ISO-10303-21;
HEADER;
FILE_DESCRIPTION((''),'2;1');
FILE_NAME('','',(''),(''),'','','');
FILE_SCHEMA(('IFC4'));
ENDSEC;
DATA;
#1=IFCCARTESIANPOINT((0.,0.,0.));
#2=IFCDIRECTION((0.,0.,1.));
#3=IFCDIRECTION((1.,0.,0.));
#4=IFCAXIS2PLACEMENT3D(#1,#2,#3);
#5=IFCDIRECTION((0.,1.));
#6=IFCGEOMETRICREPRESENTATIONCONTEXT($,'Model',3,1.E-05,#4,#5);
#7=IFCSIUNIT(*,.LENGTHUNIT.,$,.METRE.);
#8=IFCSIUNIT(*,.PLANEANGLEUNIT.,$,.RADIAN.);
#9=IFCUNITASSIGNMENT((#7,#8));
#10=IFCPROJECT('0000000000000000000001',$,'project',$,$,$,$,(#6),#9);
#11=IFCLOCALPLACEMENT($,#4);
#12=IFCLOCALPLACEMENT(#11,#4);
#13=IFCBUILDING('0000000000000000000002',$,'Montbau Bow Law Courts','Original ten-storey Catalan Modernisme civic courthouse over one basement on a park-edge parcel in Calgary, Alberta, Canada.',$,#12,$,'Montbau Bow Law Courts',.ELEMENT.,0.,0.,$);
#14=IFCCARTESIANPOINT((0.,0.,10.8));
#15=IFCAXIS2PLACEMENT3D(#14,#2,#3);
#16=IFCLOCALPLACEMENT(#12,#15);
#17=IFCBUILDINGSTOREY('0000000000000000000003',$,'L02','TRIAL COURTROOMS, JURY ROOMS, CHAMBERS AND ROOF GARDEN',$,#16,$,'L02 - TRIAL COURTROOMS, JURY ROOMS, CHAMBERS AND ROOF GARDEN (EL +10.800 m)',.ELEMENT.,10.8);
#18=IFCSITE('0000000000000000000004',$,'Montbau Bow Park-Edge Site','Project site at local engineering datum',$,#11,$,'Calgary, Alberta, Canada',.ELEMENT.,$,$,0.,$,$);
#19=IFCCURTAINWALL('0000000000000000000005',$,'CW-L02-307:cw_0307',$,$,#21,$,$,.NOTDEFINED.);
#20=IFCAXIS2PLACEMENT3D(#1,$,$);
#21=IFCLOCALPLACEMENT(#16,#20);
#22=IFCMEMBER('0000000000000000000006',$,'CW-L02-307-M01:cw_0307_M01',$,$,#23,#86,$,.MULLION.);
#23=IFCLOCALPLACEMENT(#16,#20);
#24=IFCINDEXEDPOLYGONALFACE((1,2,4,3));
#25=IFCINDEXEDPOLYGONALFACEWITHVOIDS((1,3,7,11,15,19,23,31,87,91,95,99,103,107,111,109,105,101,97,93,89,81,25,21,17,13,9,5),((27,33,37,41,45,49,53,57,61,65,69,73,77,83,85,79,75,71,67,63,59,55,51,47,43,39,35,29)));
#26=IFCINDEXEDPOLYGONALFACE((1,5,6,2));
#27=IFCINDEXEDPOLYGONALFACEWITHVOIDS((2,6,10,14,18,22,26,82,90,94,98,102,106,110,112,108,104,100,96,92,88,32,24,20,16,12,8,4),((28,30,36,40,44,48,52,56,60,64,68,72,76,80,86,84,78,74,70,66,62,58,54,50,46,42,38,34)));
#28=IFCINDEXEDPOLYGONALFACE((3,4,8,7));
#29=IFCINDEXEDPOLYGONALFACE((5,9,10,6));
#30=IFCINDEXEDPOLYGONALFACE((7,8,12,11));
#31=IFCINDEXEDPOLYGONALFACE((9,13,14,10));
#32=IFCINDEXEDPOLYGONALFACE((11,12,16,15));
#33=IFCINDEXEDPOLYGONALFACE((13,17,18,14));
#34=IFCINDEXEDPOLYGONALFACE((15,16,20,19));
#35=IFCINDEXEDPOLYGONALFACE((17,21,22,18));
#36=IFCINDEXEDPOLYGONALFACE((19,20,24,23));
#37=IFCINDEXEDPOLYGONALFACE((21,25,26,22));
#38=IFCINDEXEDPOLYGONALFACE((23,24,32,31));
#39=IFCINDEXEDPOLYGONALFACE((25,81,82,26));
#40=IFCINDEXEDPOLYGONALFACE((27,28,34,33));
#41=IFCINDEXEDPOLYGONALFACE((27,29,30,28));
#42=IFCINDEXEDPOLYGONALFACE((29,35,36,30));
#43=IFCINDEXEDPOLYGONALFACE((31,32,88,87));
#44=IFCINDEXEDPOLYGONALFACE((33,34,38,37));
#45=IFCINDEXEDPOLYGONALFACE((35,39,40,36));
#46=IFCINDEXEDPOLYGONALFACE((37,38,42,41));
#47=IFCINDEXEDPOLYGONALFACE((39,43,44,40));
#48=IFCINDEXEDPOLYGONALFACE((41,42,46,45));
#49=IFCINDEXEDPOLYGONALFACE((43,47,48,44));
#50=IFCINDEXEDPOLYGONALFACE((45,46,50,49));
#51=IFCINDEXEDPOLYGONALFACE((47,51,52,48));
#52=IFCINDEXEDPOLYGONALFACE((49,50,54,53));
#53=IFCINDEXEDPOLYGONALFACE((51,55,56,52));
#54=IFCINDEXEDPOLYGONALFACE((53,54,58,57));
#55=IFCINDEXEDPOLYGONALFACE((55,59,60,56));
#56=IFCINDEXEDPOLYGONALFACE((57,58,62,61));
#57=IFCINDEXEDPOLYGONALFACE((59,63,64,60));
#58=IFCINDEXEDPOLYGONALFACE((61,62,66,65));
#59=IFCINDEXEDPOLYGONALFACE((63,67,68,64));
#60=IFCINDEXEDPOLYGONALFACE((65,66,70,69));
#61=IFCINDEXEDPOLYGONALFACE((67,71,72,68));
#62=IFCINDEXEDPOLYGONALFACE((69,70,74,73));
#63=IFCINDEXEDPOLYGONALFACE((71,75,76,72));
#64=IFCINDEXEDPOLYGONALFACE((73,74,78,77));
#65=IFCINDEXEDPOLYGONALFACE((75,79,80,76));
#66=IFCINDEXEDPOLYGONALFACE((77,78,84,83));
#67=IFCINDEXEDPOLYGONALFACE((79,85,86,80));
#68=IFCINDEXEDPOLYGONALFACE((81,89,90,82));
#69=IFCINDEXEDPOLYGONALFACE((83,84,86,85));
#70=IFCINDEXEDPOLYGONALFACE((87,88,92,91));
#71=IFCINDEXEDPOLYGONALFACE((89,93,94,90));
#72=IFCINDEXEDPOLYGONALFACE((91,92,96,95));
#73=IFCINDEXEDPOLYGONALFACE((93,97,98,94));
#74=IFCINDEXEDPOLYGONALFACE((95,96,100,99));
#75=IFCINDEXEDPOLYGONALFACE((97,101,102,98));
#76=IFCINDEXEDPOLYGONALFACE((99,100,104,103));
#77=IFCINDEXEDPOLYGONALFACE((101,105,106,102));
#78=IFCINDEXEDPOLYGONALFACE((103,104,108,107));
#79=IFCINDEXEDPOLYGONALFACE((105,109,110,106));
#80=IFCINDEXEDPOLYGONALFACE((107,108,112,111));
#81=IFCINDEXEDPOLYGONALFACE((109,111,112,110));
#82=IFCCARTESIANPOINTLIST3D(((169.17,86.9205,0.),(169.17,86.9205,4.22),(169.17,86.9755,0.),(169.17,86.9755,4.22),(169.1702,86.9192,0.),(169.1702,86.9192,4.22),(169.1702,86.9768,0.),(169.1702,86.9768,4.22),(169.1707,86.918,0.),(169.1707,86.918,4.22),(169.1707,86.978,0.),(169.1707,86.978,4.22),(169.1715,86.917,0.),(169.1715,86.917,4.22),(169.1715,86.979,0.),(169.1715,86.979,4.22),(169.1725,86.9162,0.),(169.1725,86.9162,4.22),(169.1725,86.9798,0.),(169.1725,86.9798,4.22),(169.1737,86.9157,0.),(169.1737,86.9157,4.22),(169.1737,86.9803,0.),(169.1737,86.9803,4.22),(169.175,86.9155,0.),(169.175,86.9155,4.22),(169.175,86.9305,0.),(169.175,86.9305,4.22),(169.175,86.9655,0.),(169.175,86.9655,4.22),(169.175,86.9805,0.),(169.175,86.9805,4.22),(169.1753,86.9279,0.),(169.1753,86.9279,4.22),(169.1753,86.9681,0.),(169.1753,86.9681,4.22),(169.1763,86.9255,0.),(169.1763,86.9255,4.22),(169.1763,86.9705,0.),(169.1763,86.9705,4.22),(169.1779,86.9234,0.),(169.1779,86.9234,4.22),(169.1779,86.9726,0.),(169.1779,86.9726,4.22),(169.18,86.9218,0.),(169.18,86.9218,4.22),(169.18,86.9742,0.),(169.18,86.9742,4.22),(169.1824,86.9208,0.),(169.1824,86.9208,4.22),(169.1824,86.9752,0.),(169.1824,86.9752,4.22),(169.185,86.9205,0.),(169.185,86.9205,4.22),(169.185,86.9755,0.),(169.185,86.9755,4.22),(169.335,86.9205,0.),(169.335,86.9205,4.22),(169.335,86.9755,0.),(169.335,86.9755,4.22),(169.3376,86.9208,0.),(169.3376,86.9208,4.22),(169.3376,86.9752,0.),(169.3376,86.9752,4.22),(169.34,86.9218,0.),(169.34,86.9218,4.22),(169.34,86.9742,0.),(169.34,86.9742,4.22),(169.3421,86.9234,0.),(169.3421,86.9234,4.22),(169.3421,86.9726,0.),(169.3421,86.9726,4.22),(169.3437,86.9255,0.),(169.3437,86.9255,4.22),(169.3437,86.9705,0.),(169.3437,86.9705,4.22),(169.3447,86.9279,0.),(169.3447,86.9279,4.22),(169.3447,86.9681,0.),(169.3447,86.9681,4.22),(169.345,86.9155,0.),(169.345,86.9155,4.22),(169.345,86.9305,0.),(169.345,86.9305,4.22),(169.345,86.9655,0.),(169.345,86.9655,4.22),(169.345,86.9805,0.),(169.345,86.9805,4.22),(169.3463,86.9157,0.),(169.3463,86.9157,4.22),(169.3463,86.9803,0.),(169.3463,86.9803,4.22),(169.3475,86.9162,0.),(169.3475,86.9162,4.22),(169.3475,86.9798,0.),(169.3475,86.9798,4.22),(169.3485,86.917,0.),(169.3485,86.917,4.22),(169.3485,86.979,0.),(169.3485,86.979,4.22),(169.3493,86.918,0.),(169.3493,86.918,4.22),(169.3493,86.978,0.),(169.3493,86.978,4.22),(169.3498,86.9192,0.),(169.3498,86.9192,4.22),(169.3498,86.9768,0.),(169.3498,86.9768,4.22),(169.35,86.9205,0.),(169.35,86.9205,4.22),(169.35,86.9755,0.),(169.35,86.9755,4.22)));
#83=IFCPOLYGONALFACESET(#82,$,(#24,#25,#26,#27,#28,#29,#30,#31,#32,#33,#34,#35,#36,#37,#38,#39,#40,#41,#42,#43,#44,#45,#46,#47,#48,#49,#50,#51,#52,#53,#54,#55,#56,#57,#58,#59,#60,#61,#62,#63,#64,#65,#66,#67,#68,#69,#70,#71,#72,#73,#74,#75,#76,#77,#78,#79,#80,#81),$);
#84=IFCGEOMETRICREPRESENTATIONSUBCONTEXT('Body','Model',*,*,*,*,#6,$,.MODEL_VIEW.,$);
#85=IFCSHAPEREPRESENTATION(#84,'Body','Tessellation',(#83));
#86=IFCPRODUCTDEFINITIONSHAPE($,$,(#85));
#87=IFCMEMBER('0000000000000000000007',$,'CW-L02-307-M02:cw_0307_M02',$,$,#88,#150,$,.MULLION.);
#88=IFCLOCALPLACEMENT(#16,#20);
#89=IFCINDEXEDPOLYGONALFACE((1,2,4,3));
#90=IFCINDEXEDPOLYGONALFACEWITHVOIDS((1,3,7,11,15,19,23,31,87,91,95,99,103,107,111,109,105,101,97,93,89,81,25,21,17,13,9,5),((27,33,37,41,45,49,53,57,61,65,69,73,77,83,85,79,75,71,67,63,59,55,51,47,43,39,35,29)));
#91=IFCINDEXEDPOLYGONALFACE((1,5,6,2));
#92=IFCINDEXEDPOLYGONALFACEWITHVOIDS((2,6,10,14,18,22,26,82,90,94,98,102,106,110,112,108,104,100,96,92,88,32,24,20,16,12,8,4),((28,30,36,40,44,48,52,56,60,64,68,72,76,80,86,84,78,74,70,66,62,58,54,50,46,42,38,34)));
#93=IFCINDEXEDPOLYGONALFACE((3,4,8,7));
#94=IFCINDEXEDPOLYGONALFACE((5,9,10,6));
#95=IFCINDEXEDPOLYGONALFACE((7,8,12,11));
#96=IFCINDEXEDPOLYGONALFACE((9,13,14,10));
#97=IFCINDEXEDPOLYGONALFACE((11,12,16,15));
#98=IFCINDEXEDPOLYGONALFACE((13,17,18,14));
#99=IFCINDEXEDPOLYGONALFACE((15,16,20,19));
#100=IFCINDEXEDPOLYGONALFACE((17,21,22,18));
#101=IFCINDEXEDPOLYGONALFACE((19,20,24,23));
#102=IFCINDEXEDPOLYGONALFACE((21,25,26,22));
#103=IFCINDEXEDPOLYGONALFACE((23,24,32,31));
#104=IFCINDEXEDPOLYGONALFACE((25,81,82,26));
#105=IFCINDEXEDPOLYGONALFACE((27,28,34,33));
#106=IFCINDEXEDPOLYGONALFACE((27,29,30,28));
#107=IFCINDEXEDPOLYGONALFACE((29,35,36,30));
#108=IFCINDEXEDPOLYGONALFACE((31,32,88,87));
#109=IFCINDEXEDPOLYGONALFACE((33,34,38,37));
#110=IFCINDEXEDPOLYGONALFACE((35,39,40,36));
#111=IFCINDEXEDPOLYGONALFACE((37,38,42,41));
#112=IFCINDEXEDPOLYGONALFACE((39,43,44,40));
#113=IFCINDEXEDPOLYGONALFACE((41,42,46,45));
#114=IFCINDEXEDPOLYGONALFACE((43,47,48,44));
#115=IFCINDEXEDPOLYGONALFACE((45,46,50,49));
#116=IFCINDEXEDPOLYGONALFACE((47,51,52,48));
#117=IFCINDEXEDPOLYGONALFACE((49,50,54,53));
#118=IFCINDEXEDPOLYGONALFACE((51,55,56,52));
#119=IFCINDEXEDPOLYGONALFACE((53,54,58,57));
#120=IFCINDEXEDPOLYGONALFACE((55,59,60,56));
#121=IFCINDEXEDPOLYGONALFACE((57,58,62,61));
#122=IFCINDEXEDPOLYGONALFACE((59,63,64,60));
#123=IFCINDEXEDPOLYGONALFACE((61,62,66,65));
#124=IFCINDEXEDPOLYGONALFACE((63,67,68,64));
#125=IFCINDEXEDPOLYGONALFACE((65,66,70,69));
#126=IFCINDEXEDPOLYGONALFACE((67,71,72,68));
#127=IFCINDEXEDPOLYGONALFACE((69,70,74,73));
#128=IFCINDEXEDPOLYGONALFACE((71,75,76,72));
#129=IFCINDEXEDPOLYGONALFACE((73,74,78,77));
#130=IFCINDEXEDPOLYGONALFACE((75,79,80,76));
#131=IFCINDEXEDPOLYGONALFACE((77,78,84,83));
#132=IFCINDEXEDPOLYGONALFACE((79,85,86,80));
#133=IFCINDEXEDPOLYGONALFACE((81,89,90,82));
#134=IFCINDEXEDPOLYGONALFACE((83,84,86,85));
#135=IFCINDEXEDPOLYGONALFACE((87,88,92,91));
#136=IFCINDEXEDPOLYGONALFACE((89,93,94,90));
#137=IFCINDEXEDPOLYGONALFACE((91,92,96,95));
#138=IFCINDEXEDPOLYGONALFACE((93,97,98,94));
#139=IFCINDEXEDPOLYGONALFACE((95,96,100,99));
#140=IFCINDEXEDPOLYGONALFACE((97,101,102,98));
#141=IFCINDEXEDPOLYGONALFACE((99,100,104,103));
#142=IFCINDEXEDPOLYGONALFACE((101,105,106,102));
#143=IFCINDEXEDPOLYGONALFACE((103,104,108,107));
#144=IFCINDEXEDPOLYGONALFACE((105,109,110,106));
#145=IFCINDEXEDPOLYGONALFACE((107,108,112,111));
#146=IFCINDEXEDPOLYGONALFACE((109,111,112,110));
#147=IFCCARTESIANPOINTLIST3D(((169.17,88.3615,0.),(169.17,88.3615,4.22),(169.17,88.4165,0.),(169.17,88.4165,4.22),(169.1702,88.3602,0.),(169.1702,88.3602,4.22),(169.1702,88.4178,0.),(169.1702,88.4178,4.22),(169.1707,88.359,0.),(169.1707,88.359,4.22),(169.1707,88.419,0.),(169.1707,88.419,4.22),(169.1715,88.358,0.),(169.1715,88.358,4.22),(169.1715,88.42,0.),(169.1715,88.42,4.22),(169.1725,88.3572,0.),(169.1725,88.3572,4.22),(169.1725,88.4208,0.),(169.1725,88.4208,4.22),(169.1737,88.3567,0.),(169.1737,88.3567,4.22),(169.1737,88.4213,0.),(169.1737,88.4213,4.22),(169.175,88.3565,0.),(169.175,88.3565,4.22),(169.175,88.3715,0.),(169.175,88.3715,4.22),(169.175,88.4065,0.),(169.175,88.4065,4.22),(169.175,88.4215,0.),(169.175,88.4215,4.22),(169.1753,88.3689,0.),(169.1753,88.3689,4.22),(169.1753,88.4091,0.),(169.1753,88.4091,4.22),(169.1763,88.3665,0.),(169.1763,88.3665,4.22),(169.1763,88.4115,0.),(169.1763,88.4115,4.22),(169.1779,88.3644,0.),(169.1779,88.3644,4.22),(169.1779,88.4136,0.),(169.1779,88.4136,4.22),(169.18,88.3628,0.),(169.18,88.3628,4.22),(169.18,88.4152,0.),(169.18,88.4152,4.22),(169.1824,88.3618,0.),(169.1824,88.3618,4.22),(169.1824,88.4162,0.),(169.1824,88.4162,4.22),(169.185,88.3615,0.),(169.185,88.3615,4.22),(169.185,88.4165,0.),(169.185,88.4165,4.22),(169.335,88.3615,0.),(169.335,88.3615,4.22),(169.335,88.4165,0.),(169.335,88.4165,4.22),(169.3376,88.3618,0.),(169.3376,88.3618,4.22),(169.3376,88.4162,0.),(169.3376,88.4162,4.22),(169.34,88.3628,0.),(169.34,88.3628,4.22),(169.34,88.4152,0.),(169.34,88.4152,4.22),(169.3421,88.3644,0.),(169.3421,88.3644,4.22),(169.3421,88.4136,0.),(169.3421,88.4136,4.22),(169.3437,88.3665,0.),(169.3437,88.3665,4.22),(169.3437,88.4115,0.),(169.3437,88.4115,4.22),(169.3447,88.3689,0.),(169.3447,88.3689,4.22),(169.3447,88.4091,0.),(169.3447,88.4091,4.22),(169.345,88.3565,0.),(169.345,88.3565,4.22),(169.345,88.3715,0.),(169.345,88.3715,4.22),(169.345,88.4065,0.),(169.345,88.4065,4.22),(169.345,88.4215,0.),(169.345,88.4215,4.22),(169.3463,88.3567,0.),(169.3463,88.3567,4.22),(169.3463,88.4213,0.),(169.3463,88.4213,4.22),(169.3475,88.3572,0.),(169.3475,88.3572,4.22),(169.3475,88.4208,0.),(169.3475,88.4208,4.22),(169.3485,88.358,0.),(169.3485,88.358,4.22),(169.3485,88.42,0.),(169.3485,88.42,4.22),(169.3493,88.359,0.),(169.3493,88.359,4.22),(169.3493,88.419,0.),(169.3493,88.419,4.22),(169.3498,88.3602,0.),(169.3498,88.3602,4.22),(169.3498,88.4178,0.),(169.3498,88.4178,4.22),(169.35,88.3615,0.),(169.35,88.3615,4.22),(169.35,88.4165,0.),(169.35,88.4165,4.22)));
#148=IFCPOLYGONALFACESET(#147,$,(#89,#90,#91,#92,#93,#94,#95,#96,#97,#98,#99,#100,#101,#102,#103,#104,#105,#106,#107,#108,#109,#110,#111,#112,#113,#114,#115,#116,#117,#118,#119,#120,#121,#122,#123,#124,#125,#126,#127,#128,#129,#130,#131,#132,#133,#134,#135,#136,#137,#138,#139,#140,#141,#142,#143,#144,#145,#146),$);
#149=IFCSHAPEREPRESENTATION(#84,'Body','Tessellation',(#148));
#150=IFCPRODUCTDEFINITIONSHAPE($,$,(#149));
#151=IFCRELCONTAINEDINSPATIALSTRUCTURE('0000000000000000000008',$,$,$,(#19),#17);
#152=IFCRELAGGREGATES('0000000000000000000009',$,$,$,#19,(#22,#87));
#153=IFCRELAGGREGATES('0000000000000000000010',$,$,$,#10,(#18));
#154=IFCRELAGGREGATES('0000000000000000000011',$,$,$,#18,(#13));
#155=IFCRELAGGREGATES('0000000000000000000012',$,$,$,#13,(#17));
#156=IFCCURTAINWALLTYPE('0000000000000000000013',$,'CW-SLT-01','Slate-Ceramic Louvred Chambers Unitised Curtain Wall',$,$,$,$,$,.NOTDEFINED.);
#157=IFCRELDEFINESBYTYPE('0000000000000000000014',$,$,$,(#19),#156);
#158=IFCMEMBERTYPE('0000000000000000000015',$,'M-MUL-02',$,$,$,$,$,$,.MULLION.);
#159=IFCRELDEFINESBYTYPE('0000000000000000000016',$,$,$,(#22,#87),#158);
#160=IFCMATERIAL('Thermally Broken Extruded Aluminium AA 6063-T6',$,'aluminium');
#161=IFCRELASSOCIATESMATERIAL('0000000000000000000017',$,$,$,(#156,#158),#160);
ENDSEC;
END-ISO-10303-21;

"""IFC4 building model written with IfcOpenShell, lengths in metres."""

from ifc_helpers import new_model, si_unit, direction, frame, origin_with_axes, origin_2d_with_axis, place, context, subcontext, project, spatial, hollow_rectangle, extrude, material, material_profile, profile_set, type_object, element, aggregate, save


model = new_model("IFC4")

# Units and contexts
model_context = context("Model", 3, precision=1e-05, world=origin_with_axes(), true_north=direction((0.0, 1.0)))
body_context = subcontext(model_context, "Body", "Model", "MODEL_VIEW")
ifc_project = project(units=[si_unit("LENGTHUNIT", "METRE"), si_unit("PLANEANGLEUNIT", "RADIAN")], contexts=[model_context])

# Site, building, storey
site_placement = place(None, origin_with_axes())
site = spatial("IfcSite", under=ifc_project, at=site_placement, Name="Montbau Bow Park-Edge Site", Description="Project site at local engineering datum", LongName="Calgary, Alberta, Canada", CompositionType="ELEMENT", RefElevation=0.0)
building_placement = place(site_placement, origin_with_axes())
building = spatial("IfcBuilding", under=site, at=building_placement, Name="Montbau Bow Law Courts", Description="Original ten-storey Catalan Modernisme civic courthouse over one basement on a park-edge parcel in Calgary, Alberta, Canada.", LongName="Montbau Bow Law Courts", CompositionType="ELEMENT", ElevationOfRefHeight=0.0, ElevationOfTerrain=0.0)
storey_placement = place(building_placement, frame((0.0, 0.0, 10.8), z_axis=(0.0, 0.0, 1.0), x_axis=(1.0, 0.0, 0.0)))
storey = spatial("IfcBuildingStorey", under=building, at=storey_placement, Name="L02", Description="TRIAL COURTROOMS, JURY ROOMS, CHAMBERS AND ROOF GARDEN", LongName="L02 - TRIAL COURTROOMS, JURY ROOMS, CHAMBERS AND ROOF GARDEN (EL +10.800 m)", CompositionType="ELEMENT", Elevation=10.8)

# Shared definitions
ifc_material_1 = material(Name="Thermally Broken Extruded Aluminium AA 6063-T6", Category="aluminium")
curtain_wall_type = type_object("IfcCurtainWallType", Name="CW-SLT-01", Description="Slate-Ceramic Louvred Chambers Unitised Curtain Wall", PredefinedType="NOTDEFINED", material=ifc_material_1)

# Curtain wall, members
curtain_wall_1_placement = place(None, frame((169.26, 86.915, 10.8), z_axis=(0.0, 0.0, 1.0), x_axis=(1.0, 0.0, 0.0)))
curtain_wall_1 = element("IfcCurtainWall", 1, at=curtain_wall_1_placement, inside=storey, type_object=curtain_wall_type, Name="CW-L02-307:cw_0307", PredefinedType="NOTDEFINED")
ifc_material_profile_1 = material_profile(ifc_material_1, hollow_rectangle(XDim=0.065, YDim=0.18, WallThickness=0.005, InnerFilletRadius=0.01, OuterFilletRadius=0.005, at=origin_2d_with_axis()), Name="CWM-180X65", Category="Main", Priority=0)
ifc_profile_set_1 = profile_set([ifc_material_profile_1], Name="Thermally Broken Extruded Aluminium AA 6063-T6")
member_type_1 = type_object("IfcMemberType", Name="M-MUL-02", PredefinedType="MULLION", material=ifc_profile_set_1)
member_1_placement = place(None, frame((169.26, 86.948, 10.8), z_axis=(0.0, 0.0, 1.0), x_axis=(0.0, 1.0, 0.0)))
member_1 = element("IfcMember", 2, at=member_1_placement, type_object=member_type_1, Name="CW-L02-307-M01:cw_0307_M01", PredefinedType="MULLION", context=body_context, shape_type="SweptSolid", body=[
    extrude(hollow_rectangle(XDim=0.065, YDim=0.18, WallThickness=0.005, InnerFilletRadius=0.01, OuterFilletRadius=0.005, at=origin_2d_with_axis()), origin_with_axes(), (0.0, 0.0, 1.0), 4.22),
])
member_2_placement = place(None, frame((169.26, 88.389, 10.8), z_axis=(0.0, 0.0, 1.0), x_axis=(0.0, 1.0, 0.0)))
member_2 = element("IfcMember", 3, at=member_2_placement, type_object=member_type_1, Name="CW-L02-307-M02:cw_0307_M02", PredefinedType="MULLION", context=body_context, shape_type="SweptSolid", body=[
    extrude(hollow_rectangle(XDim=0.065, YDim=0.18, WallThickness=0.005, InnerFilletRadius=0.01, OuterFilletRadius=0.005, at=origin_2d_with_axis()), origin_with_axes(), (0.0, 0.0, 1.0), 4.22),
])

aggregate(curtain_wall_1, [member_1, member_2])

save(model, "model.ifc")
